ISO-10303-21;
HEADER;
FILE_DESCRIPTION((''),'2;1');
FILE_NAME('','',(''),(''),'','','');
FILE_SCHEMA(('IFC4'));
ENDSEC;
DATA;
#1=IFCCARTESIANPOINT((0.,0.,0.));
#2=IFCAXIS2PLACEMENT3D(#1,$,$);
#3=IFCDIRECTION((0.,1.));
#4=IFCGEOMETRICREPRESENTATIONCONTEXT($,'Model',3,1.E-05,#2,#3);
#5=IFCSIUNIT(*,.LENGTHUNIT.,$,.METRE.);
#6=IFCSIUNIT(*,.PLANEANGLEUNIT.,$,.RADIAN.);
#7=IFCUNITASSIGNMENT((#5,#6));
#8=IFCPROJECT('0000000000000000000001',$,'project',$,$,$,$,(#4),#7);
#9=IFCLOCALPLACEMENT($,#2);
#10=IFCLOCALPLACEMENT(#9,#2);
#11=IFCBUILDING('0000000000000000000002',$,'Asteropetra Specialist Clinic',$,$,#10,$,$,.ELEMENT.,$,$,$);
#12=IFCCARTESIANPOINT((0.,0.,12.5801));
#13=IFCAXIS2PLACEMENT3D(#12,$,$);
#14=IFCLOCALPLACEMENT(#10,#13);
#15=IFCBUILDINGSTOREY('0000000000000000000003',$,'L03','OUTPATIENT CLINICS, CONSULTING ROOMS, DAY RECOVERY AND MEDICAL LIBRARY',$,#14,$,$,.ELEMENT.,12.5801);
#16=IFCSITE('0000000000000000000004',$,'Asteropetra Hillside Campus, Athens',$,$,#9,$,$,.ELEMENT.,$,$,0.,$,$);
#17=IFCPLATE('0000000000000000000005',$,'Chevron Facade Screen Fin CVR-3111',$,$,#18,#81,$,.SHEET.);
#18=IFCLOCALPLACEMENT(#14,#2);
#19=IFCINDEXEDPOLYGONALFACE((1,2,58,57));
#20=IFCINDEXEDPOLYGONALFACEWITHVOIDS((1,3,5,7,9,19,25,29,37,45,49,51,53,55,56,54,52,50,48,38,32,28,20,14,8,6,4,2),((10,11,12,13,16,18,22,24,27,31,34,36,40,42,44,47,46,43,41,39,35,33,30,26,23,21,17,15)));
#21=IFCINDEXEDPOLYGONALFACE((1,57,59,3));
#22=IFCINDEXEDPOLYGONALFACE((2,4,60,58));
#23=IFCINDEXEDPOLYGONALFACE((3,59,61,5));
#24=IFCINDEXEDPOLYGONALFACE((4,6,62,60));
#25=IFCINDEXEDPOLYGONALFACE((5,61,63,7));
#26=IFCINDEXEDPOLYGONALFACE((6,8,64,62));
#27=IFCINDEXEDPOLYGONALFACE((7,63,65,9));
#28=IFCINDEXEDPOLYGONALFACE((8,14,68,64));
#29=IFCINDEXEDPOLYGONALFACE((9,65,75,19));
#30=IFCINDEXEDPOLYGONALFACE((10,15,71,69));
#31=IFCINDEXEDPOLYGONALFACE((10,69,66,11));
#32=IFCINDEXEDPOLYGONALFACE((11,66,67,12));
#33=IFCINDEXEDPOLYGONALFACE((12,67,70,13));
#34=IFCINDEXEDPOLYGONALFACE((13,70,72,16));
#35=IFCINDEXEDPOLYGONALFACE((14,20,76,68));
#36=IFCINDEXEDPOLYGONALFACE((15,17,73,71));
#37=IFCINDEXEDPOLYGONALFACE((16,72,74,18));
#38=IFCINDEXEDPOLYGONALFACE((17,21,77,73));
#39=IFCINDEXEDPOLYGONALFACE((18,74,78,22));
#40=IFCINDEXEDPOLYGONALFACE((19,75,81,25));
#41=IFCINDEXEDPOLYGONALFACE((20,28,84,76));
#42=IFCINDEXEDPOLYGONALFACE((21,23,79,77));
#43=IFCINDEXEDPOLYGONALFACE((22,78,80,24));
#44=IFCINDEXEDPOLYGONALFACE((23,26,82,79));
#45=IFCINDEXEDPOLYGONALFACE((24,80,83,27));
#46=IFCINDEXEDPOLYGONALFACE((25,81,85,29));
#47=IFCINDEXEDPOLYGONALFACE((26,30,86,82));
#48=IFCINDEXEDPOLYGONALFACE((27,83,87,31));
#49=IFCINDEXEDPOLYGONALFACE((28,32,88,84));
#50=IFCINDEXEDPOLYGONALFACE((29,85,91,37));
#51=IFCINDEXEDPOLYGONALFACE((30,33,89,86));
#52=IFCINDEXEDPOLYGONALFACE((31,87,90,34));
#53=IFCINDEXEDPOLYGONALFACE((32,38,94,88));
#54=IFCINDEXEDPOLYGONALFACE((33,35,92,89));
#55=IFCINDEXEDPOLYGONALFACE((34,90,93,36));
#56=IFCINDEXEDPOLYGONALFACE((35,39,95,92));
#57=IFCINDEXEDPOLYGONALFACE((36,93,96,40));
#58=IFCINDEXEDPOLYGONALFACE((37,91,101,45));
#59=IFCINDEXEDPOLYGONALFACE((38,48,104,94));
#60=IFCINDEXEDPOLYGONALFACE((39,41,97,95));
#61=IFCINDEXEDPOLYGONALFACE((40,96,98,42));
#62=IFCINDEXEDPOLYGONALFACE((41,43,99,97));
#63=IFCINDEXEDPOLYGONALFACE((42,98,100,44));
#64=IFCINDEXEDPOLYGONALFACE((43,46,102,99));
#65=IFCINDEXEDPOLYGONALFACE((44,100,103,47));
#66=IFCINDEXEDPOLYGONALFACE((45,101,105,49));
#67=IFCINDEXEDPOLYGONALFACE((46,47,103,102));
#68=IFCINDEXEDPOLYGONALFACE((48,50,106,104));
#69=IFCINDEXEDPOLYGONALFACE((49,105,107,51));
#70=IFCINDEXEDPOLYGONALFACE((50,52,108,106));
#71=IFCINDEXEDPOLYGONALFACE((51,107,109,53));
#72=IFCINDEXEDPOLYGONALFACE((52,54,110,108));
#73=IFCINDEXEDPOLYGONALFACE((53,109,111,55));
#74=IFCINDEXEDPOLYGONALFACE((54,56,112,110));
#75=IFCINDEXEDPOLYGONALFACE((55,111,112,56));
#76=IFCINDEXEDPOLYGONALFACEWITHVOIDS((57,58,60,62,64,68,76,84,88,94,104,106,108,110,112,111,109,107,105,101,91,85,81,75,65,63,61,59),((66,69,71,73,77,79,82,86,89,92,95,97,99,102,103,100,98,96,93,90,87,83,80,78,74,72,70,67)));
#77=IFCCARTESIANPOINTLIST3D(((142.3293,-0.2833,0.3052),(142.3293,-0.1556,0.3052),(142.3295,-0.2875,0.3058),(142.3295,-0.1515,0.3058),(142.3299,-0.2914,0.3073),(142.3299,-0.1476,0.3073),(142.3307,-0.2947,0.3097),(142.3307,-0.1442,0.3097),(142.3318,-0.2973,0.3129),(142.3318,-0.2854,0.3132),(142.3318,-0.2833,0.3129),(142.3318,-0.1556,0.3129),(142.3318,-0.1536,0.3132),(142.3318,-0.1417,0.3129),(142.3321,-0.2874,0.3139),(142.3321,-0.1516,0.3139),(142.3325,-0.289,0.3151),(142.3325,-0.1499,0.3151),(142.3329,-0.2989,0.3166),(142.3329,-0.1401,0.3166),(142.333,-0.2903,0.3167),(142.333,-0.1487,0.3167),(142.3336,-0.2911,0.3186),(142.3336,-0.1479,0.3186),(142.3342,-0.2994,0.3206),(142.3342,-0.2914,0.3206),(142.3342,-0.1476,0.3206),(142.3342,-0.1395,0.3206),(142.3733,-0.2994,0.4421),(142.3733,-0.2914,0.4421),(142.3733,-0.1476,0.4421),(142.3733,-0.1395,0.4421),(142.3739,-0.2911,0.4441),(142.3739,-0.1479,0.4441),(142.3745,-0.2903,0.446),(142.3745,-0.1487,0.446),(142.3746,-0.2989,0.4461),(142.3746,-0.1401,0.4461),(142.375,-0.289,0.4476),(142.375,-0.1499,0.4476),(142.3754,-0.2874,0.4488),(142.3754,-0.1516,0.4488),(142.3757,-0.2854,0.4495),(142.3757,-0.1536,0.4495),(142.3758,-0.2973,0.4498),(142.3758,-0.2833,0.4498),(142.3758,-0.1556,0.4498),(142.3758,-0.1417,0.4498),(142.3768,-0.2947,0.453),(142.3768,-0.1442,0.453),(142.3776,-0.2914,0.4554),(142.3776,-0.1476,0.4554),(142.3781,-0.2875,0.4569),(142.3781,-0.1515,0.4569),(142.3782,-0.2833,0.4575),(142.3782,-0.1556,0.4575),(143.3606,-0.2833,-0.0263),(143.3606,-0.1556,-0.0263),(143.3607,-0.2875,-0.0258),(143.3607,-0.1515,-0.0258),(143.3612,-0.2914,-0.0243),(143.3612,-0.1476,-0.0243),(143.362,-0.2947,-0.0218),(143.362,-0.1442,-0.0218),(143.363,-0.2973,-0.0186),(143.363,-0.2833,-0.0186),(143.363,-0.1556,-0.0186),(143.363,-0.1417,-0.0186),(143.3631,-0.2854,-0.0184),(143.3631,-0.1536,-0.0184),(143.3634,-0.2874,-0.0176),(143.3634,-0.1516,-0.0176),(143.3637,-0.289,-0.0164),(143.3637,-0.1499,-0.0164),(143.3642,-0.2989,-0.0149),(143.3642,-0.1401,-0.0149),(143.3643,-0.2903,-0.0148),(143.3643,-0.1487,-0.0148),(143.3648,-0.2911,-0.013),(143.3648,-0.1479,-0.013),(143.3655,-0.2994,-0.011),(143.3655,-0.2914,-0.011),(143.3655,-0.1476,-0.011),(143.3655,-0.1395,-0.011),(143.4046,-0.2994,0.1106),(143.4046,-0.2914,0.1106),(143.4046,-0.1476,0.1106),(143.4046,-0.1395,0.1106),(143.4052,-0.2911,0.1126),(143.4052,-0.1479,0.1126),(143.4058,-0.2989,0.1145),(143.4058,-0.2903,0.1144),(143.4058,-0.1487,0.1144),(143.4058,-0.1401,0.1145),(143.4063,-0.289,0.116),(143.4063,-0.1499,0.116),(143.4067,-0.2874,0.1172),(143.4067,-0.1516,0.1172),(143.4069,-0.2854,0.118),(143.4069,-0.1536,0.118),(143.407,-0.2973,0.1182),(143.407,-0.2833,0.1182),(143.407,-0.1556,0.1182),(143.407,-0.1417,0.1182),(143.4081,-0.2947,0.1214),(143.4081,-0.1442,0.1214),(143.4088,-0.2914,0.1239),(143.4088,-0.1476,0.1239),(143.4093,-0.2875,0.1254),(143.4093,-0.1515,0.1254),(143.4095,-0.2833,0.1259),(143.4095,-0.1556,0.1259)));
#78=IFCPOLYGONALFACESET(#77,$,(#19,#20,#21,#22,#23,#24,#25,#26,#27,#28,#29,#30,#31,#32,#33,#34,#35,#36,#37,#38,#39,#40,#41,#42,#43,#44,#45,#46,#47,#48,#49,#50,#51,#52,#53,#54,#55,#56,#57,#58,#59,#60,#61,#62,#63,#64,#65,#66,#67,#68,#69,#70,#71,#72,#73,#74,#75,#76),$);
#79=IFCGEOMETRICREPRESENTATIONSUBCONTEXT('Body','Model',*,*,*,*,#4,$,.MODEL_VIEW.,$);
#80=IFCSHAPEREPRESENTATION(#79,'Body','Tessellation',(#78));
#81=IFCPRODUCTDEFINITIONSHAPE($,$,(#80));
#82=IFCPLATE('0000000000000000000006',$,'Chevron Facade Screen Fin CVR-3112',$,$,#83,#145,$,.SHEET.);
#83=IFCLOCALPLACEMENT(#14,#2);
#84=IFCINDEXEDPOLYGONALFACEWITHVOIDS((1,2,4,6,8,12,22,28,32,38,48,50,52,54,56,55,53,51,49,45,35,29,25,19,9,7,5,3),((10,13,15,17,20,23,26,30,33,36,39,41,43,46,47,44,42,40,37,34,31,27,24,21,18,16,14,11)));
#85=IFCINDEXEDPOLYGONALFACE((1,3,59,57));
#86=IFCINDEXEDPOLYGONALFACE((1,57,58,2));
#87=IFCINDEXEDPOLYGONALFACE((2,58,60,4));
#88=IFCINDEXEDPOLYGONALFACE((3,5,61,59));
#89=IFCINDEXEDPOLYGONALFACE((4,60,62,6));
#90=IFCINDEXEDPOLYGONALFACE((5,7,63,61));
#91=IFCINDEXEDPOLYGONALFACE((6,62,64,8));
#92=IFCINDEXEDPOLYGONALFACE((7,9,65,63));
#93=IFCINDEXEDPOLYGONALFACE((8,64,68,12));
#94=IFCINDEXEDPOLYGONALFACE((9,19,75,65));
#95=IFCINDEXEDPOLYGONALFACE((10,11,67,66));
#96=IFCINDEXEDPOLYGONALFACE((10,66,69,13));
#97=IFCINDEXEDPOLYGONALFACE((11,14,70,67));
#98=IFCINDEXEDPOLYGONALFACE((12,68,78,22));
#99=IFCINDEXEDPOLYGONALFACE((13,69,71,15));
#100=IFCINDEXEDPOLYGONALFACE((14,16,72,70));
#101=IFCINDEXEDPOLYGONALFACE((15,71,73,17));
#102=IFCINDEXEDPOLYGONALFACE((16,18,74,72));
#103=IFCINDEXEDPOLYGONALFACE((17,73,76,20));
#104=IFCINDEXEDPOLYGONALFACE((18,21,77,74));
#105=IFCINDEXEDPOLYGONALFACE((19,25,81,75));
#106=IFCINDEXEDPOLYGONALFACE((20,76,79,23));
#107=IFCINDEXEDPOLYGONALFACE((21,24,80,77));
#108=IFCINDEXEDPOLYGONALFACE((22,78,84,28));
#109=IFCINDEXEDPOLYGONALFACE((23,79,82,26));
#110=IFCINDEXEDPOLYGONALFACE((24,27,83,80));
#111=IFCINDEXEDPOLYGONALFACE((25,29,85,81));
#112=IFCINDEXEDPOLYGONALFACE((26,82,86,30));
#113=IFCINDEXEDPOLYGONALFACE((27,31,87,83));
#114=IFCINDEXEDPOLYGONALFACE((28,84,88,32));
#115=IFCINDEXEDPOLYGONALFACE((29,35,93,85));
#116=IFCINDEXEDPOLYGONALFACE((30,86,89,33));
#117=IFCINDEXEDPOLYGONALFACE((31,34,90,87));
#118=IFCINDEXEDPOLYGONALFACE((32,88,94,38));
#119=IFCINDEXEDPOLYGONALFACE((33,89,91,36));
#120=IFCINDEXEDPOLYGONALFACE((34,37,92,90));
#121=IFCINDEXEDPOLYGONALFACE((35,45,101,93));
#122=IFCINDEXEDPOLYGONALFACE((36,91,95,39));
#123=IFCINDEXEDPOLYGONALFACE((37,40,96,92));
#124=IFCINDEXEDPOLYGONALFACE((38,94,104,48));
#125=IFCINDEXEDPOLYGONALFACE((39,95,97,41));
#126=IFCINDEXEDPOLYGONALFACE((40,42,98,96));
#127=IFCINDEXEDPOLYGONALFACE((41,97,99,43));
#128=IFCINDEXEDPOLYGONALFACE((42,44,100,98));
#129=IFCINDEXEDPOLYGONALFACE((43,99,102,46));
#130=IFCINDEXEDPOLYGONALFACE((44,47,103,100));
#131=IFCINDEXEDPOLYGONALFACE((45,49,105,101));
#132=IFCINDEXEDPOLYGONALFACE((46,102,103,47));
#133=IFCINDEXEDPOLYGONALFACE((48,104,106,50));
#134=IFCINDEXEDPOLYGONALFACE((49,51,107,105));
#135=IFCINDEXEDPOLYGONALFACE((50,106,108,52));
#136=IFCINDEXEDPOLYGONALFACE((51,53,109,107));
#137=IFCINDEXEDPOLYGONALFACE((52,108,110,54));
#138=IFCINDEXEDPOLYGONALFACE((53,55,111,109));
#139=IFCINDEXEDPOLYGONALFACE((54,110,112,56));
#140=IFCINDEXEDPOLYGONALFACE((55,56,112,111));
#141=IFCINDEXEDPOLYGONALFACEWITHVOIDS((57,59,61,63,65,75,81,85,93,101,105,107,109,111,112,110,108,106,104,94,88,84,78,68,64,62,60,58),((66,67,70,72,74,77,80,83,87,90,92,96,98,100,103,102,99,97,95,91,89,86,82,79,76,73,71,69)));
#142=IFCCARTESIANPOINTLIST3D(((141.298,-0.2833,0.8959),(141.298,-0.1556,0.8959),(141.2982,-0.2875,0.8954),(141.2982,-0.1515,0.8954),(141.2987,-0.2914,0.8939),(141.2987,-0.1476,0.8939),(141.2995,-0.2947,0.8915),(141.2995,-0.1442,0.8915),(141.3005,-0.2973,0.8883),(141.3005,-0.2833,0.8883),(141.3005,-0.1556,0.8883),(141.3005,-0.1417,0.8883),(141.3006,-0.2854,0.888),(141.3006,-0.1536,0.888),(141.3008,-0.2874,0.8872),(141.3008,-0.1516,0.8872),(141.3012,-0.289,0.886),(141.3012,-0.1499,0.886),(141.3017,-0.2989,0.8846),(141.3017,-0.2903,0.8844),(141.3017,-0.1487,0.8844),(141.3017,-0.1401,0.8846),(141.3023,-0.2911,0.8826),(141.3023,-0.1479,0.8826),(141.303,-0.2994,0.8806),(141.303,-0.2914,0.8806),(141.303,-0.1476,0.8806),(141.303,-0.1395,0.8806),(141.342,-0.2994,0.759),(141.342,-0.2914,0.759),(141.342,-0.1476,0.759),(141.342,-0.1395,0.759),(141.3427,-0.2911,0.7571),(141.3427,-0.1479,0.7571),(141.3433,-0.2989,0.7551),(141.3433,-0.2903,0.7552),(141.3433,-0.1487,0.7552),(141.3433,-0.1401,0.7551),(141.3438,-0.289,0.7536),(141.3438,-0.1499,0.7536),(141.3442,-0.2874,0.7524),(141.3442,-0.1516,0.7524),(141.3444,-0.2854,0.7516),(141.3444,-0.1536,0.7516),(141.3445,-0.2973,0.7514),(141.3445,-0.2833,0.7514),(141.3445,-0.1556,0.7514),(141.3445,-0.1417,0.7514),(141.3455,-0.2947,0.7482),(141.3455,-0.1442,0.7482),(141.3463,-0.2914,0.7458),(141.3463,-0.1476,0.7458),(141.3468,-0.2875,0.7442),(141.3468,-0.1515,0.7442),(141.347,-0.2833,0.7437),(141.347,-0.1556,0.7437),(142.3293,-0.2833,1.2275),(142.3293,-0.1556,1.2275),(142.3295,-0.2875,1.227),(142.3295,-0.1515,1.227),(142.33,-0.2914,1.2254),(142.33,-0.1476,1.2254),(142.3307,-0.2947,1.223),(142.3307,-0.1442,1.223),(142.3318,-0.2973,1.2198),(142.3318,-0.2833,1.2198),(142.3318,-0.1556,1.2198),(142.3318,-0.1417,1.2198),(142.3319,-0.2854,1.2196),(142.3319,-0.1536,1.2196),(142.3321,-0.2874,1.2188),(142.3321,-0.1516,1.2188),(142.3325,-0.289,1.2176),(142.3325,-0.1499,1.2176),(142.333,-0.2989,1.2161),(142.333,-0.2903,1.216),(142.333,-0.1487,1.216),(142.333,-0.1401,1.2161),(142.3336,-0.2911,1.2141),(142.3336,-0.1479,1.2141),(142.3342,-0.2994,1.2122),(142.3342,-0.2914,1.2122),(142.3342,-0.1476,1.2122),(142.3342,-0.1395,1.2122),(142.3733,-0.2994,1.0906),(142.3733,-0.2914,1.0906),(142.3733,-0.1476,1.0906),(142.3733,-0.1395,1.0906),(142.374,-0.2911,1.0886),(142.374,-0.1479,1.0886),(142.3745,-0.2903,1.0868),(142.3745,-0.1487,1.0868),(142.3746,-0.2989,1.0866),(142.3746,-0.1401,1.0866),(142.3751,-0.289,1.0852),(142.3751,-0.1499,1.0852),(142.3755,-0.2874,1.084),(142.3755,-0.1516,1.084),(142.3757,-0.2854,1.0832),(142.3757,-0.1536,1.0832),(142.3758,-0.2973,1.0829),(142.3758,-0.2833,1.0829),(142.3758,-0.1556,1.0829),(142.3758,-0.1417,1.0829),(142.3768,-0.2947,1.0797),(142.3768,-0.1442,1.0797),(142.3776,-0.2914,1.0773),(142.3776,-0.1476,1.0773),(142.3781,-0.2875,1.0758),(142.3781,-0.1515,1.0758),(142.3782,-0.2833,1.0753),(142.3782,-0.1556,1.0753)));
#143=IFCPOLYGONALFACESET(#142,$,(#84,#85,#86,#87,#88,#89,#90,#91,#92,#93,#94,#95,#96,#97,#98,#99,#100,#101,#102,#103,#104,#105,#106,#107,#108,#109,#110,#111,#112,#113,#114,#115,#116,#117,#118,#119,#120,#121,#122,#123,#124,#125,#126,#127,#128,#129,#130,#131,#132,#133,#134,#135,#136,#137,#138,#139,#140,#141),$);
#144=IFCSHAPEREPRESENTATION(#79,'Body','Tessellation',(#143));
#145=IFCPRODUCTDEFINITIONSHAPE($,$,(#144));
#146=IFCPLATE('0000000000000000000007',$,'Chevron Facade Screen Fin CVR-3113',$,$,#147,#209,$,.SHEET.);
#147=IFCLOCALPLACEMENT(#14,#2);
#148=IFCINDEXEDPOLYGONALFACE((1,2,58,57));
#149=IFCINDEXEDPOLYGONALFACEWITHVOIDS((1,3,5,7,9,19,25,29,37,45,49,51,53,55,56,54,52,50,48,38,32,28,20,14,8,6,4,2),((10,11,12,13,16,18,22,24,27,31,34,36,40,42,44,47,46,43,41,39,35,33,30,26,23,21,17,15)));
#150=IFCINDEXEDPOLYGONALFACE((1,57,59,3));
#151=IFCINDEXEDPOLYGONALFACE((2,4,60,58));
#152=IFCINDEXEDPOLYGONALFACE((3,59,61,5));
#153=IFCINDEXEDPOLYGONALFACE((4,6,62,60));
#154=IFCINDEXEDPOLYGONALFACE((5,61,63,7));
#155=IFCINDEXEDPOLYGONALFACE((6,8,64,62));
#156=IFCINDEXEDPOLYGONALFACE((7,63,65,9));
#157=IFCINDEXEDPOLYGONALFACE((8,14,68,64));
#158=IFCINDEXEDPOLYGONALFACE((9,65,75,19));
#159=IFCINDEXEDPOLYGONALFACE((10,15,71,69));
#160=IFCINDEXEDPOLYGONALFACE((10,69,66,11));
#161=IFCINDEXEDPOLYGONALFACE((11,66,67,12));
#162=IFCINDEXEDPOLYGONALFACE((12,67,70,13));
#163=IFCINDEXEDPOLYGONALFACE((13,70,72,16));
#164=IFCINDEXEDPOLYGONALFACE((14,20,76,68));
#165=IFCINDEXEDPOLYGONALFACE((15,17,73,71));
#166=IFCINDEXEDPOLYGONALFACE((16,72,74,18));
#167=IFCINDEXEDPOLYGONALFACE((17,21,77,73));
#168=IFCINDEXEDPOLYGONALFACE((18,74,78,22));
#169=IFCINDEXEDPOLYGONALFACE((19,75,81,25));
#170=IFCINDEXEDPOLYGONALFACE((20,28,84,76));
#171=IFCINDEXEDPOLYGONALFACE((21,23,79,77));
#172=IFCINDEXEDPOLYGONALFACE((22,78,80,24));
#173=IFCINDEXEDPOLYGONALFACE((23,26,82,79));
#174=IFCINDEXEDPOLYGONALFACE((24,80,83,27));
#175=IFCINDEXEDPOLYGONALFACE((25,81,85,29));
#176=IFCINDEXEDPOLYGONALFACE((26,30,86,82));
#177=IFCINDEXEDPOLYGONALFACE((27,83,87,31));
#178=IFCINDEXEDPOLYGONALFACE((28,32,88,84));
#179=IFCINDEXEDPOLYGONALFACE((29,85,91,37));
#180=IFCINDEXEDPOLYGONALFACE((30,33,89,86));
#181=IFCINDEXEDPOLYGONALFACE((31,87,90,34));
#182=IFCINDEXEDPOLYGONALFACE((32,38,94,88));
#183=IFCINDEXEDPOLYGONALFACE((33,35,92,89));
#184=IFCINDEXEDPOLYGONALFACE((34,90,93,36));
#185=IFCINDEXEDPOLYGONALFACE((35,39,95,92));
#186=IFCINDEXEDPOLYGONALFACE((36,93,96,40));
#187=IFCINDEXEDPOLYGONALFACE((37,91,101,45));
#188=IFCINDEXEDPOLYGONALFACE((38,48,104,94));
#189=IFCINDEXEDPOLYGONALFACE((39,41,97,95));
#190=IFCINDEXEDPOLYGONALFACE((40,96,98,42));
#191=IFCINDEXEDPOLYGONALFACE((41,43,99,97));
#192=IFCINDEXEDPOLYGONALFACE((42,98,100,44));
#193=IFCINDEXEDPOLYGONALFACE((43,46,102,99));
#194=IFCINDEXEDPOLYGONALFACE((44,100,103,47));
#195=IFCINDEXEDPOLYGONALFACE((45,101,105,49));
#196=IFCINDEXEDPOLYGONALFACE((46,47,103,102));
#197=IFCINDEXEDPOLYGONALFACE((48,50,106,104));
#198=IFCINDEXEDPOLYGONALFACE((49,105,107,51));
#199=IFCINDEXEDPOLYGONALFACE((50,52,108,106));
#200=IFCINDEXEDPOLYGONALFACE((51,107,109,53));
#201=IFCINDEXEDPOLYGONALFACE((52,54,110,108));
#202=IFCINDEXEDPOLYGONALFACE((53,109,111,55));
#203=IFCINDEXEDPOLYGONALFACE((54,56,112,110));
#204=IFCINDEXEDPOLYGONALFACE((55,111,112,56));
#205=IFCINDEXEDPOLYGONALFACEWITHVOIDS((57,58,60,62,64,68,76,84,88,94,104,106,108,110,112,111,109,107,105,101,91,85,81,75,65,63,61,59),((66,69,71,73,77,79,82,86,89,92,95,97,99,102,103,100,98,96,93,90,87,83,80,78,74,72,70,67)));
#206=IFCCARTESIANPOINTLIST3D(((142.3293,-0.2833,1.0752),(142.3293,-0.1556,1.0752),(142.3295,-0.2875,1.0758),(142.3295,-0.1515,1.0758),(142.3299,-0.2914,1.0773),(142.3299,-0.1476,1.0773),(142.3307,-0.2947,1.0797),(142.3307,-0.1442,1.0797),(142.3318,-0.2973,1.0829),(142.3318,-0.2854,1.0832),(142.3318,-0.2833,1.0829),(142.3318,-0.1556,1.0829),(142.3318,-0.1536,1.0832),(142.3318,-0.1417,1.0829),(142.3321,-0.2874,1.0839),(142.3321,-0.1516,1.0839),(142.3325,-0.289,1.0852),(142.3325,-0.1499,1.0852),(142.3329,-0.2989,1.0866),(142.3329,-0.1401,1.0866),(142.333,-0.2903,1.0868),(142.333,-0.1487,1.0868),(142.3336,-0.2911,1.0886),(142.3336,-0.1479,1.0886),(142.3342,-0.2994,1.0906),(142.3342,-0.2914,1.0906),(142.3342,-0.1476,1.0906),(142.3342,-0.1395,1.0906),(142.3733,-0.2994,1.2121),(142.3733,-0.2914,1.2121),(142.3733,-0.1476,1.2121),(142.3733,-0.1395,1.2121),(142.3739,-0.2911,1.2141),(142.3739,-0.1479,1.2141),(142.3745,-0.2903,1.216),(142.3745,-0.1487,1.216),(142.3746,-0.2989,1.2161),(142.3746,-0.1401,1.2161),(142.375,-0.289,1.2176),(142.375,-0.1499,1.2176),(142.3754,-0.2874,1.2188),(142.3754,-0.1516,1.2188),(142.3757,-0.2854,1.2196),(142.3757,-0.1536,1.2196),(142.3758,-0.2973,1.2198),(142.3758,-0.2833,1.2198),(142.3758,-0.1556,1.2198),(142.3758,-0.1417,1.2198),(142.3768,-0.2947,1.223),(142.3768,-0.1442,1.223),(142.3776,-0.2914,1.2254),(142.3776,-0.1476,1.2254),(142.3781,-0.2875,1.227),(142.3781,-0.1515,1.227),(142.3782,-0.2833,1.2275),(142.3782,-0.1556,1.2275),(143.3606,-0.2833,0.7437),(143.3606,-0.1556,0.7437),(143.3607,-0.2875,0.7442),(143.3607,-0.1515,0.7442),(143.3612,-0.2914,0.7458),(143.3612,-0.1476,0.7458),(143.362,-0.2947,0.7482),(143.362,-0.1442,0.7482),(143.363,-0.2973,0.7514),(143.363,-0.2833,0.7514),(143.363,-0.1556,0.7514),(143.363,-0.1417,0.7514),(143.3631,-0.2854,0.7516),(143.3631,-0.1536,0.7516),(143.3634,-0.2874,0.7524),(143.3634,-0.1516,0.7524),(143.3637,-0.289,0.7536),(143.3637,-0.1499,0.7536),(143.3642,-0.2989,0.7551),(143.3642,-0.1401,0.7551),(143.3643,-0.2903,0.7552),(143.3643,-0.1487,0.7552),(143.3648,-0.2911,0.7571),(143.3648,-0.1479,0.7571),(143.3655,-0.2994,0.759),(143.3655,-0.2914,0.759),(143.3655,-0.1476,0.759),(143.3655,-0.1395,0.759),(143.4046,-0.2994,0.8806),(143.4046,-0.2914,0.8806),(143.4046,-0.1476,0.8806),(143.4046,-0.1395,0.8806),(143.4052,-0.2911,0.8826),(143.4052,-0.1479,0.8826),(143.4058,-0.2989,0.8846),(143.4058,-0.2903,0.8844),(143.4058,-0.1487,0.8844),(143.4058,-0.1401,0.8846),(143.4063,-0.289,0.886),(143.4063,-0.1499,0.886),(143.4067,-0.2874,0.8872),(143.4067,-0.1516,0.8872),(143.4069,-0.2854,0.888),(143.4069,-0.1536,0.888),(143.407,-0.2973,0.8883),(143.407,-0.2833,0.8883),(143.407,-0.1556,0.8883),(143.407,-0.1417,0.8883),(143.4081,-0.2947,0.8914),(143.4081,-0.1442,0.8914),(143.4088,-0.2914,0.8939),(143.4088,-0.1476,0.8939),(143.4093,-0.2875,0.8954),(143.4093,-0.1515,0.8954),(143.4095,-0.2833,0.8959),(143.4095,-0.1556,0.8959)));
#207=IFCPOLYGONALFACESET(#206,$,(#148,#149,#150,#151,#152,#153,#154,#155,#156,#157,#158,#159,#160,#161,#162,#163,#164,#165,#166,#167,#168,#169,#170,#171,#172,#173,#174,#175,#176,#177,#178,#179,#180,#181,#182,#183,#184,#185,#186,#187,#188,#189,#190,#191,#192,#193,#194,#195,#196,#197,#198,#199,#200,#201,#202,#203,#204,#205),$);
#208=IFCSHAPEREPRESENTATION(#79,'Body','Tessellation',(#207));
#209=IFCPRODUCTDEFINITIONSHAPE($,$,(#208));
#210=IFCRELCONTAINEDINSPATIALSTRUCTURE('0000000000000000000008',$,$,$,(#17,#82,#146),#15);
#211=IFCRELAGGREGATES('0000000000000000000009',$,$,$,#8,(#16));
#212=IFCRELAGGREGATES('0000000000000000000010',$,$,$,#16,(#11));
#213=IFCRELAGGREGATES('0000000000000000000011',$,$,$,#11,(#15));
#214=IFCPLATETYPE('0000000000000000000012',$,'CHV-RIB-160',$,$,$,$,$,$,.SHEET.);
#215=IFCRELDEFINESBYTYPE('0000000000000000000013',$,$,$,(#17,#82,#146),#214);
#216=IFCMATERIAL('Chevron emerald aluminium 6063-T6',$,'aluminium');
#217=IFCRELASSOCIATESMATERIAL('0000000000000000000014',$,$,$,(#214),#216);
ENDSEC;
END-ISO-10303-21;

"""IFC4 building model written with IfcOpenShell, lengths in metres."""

from ifc_helpers import new_model, si_unit, direction, frame, origin, origin_2d, place, context, subcontext, project, spatial, hollow_rectangle, extrude, material, material_profile, profile_set, type_object, element, save


model = new_model("IFC4")

# Units and contexts
model_context = context("Model", 3, precision=1e-05, world=origin(), true_north=direction((0.0, 1.0)))
body_context = subcontext(model_context, "Body", "Model", "MODEL_VIEW")
ifc_project = project(units=[si_unit("LENGTHUNIT", "METRE"), si_unit("PLANEANGLEUNIT", "RADIAN")], contexts=[model_context])

# Site, building, storey
site_placement = place(None, origin())
site = spatial("IfcSite", under=ifc_project, at=site_placement, Name="Asteropetra Hillside Campus, Athens", CompositionType="ELEMENT", RefElevation=0.0)
building_placement = place(site_placement, origin())
building = spatial("IfcBuilding", under=site, at=building_placement, Name="Asteropetra Specialist Clinic", CompositionType="ELEMENT")
storey_placement = place(building_placement, frame((0.0, 0.0, 12.5801)))
storey = spatial("IfcBuildingStorey", under=building, at=storey_placement, Name="L03", Description="OUTPATIENT CLINICS, CONSULTING ROOMS, DAY RECOVERY AND MEDICAL LIBRARY", CompositionType="ELEMENT", Elevation=12.5801)

# Plates
ifc_material_1 = material(Name="Chevron emerald aluminium 6063-T6", Category="aluminium")
ifc_material_profile_1 = material_profile(ifc_material_1, hollow_rectangle(XDim=0.1599, YDim=0.1599, WallThickness=0.0081, InnerFilletRadius=0.0081, OuterFilletRadius=0.0161, at=origin_2d()), Name="SHS 160x160x8.0")
ifc_profile_set_1 = profile_set([ifc_material_profile_1], Name="Chevron emerald aluminium 6063-T6")
plate_type_1 = type_object("IfcPlateType", Name="CHV-RIB-160", PredefinedType="SHEET", material=ifc_profile_set_1)
for number, where, z_axis, x_axis, name in (
    (1, (142.3538, -0.2195, 0.3813), (0.95201, 0.0, -0.306068), (0.0, 1.0, 0.0), "Chevron Facade Screen Fin CVR-3111"),
    (2, (141.3225, -0.2195, 0.8198), (0.95201, 0.0, 0.306068), (0.0, 1.0, 0.0), "Chevron Facade Screen Fin CVR-3112"),
    (3, (142.3538, -0.2195, 1.1514), (0.95201, 0.0, -0.306068), (0.0, 1.0, 0.0), "Chevron Facade Screen Fin CVR-3113"),
):
    element("IfcPlate", number, at=place(storey_placement, frame(where, z_axis=z_axis, x_axis=x_axis)), inside=storey, type_object=plate_type_1, Name=name, PredefinedType="SHEET", context=body_context, shape_type="SweptSolid", body=[
        extrude(hollow_rectangle(XDim=0.1599, YDim=0.1599, WallThickness=0.0081, InnerFilletRadius=0.0081, OuterFilletRadius=0.0161, at=origin_2d()), origin(), (0.0, 0.0, 1.0), 1.0833),
    ])

save(model, "model.ifc")
